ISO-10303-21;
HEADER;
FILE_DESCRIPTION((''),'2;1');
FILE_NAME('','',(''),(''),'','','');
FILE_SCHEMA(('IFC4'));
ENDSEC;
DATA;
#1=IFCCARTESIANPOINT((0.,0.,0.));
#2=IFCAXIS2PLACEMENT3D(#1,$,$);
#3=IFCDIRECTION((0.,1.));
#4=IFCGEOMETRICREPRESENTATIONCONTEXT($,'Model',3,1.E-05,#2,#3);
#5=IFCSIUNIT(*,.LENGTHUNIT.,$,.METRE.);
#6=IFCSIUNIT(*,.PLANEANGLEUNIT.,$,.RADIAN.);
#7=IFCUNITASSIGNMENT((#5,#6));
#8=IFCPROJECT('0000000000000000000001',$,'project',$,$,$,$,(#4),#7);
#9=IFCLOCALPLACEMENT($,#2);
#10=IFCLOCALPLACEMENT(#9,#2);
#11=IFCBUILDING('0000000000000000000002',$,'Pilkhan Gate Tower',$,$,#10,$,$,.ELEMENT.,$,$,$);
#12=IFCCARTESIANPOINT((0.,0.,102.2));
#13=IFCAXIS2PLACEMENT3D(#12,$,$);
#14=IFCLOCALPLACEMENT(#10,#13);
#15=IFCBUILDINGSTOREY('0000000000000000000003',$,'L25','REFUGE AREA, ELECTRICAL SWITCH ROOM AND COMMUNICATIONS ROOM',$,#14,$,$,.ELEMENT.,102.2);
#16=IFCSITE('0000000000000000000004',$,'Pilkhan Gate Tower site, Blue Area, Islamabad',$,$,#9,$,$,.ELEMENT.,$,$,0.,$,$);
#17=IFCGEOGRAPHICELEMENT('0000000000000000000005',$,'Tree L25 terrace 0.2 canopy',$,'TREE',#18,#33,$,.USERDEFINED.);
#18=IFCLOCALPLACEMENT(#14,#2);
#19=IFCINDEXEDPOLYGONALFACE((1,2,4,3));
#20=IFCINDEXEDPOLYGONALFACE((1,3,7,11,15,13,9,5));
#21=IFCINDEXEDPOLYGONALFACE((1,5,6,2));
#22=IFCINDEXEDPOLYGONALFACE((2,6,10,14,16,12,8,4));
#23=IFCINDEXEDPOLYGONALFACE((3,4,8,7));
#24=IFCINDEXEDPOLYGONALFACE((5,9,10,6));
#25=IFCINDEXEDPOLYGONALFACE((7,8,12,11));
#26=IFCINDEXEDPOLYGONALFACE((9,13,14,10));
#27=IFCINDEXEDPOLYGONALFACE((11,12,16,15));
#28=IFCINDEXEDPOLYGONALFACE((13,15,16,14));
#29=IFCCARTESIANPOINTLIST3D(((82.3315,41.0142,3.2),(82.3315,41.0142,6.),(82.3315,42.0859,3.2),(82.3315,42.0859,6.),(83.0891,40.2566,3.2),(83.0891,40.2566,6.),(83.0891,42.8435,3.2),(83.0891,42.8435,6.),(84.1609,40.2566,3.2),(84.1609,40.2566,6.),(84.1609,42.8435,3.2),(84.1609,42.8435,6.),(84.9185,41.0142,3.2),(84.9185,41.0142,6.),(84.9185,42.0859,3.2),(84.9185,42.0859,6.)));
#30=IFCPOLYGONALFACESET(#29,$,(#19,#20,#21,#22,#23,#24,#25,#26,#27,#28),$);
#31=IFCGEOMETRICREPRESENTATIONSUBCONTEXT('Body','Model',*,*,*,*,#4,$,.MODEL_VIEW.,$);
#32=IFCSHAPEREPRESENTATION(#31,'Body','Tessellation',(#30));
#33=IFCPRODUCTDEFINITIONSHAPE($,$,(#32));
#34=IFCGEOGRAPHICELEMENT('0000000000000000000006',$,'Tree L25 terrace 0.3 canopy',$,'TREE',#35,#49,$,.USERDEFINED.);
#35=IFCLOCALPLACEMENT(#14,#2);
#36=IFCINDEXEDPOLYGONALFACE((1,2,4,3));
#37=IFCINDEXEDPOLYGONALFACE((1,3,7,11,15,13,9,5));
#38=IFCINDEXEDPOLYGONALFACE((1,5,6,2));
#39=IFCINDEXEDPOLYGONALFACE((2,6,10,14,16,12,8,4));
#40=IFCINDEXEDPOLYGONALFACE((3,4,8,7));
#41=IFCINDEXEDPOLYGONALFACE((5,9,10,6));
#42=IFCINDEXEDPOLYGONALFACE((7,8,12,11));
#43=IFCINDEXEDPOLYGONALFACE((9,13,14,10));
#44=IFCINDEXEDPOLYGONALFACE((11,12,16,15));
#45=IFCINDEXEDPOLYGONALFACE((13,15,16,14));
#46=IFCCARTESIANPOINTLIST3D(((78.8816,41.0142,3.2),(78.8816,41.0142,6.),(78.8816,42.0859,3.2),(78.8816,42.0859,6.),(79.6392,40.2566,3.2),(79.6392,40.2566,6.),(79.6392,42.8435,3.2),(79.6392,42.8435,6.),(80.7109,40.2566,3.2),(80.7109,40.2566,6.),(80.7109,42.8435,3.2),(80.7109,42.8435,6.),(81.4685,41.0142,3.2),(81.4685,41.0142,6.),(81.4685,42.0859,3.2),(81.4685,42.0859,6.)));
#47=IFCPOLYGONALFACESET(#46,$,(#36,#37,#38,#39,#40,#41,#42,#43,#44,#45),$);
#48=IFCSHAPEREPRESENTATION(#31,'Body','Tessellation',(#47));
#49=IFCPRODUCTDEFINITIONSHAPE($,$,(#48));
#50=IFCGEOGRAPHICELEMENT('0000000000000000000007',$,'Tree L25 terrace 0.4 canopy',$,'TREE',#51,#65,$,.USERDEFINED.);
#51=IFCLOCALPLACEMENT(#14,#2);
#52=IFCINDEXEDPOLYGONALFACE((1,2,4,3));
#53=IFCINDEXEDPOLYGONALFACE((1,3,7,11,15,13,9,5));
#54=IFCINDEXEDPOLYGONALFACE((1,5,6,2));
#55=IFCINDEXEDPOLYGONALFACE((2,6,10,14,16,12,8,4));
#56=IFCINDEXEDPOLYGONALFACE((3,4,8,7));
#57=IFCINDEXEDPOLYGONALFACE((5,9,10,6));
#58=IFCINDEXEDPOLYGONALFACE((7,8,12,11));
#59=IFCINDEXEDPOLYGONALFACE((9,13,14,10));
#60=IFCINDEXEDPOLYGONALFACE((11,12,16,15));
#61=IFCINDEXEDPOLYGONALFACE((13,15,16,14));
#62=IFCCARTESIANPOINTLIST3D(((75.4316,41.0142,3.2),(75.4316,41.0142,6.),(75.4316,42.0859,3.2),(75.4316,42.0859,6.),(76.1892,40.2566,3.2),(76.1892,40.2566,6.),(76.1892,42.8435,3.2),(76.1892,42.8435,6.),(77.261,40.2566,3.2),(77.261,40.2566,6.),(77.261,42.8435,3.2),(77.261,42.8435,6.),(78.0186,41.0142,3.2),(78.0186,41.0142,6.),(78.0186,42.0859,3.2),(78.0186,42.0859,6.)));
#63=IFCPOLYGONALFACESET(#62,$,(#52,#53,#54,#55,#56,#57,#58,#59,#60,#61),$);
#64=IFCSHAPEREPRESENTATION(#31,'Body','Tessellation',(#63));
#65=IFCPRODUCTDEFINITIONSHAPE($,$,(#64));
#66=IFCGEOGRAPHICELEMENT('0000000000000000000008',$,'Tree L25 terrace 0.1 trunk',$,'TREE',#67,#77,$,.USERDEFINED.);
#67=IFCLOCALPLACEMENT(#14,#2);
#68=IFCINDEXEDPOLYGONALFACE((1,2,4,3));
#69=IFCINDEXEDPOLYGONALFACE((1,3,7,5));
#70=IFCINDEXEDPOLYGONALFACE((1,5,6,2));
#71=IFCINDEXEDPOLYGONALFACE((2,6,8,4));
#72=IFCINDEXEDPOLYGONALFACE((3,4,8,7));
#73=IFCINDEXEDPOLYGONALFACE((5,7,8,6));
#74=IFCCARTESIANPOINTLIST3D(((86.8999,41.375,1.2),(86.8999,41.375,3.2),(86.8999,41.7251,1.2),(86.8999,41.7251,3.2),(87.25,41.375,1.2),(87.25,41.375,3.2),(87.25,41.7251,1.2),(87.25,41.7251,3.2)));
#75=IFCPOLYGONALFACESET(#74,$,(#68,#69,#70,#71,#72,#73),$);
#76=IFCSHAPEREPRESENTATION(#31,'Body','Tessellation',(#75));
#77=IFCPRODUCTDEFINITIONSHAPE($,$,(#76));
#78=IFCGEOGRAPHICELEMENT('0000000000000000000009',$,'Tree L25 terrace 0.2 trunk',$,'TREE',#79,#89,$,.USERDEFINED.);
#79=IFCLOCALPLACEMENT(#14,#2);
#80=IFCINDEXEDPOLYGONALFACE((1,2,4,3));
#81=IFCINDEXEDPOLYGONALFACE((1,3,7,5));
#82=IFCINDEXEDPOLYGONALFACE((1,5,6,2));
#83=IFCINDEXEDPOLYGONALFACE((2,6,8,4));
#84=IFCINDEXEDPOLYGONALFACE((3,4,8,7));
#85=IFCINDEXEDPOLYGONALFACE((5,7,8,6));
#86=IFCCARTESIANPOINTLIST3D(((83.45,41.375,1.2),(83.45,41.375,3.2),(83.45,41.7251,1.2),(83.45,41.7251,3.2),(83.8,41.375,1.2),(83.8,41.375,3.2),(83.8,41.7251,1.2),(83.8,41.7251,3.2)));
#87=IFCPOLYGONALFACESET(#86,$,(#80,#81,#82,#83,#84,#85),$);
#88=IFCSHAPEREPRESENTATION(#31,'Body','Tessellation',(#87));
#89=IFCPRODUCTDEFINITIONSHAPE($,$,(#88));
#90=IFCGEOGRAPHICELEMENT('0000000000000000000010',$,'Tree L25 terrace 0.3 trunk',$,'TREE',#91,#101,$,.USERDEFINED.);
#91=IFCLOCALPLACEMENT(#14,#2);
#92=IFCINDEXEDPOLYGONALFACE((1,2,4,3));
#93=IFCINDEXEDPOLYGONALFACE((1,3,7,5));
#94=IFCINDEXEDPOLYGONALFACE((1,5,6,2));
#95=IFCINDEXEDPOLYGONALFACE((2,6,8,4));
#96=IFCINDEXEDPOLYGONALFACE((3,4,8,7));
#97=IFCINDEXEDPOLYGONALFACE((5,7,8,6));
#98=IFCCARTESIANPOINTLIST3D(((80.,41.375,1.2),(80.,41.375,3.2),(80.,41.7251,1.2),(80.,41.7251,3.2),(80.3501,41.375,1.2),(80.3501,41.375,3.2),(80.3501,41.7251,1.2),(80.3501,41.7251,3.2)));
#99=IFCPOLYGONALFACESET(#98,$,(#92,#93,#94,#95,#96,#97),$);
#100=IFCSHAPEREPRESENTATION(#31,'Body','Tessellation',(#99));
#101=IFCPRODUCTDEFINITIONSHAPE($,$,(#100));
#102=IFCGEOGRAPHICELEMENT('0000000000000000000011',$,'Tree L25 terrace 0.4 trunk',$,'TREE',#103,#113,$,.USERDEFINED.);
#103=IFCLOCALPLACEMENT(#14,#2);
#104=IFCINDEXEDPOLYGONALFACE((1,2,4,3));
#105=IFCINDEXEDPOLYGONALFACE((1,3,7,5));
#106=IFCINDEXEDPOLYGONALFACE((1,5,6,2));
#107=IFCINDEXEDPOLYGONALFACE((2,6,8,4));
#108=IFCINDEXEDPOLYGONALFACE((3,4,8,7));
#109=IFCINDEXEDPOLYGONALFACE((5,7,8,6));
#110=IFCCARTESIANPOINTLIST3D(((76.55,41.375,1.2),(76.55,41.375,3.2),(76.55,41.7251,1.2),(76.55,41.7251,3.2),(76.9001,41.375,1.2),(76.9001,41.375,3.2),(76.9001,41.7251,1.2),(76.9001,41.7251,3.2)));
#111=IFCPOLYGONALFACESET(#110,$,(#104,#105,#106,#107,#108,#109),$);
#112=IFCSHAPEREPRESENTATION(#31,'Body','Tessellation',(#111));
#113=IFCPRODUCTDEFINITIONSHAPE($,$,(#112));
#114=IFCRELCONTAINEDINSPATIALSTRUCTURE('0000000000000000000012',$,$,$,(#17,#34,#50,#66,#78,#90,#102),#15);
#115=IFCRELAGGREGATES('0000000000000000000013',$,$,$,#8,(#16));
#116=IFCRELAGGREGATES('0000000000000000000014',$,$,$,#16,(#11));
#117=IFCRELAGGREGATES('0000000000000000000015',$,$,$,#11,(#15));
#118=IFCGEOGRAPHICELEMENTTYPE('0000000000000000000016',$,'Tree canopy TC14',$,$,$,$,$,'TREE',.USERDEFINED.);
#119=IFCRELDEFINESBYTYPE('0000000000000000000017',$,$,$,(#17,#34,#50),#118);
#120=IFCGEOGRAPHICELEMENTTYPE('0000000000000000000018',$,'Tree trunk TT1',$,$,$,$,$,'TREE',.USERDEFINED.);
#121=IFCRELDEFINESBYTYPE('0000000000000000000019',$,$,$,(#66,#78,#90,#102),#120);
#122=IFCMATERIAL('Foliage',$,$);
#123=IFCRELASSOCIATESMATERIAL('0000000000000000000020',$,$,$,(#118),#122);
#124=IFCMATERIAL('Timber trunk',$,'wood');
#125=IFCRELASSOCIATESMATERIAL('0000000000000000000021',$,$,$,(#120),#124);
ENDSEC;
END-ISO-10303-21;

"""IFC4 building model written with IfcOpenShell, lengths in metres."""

from ifc_helpers import new_model, si_unit, direction, frame, origin, origin_2d, place, context, subcontext, project, spatial, polyline, rectangle, outline, extrude, material, material_profile, profile_set, type_object, element, save


model = new_model("IFC4")

# Units and contexts
model_context = context("Model", 3, precision=1e-05, world=origin(), true_north=direction((0.0, 1.0)))
body_context = subcontext(model_context, "Body", "Model", "MODEL_VIEW")
ifc_project = project(units=[si_unit("LENGTHUNIT", "METRE"), si_unit("PLANEANGLEUNIT", "RADIAN")], contexts=[model_context])

# Site, building, storey
site_placement = place(None, origin())
site = spatial("IfcSite", under=ifc_project, at=site_placement, Name="Pilkhan Gate Tower site, Blue Area, Islamabad", CompositionType="ELEMENT", RefElevation=0.0)
building_placement = place(site_placement, origin())
building = spatial("IfcBuilding", under=site, at=building_placement, Name="Pilkhan Gate Tower", CompositionType="ELEMENT")
storey_placement = place(building_placement, frame((0.0, 0.0, 102.2)))
storey = spatial("IfcBuildingStorey", under=building, at=storey_placement, Name="L25", Description="REFUGE AREA, ELECTRICAL SWITCH ROOM AND COMMUNICATIONS ROOM", CompositionType="ELEMENT", Elevation=102.2)

# Geographic elements
ifc_material_1 = material(Name="Foliage")
ifc_material_profile_1 = material_profile(ifc_material_1, outline(polyline([(1.2935, 0.5359), (0.5359, 1.2935), (-0.5359, 1.2935), (-1.2935, 0.5359), (-1.2935, -0.5359), (-0.5359, -1.2935), (0.5359, -1.2935), (1.2935, -0.5359), (1.2935, 0.5359)])), Name="Canopy D2.8")
ifc_profile_set_1 = profile_set([ifc_material_profile_1], Name="Foliage")
geographic_element_type_1 = type_object("IfcGeographicElementType", Name="Tree canopy TC14", ElementType="TREE", PredefinedType="USERDEFINED", material=ifc_profile_set_1)
for number, where, z_axis, x_axis, name in (
    (1, (83.625, 41.55, 3.2), (0.0, 0.0, 1.0), (1.0, 0.0, 0.0), "Tree L25 terrace 0.2 canopy"),
    (2, (80.175, 41.55, 3.2), (0.0, 0.0, 1.0), (1.0, 0.0, 0.0), "Tree L25 terrace 0.3 canopy"),
    (3, (76.7251, 41.55, 3.2), (0.0, 0.0, 1.0), (1.0, 0.0, 0.0), "Tree L25 terrace 0.4 canopy"),
):
    element("IfcGeographicElement", number, at=place(storey_placement, frame(where, z_axis=z_axis, x_axis=x_axis)), inside=storey, type_object=geographic_element_type_1, Name=name, ObjectType="TREE", PredefinedType="USERDEFINED", context=body_context, shape_type="SweptSolid", body=[
        extrude(outline(polyline([(1.2935, 0.5359), (0.5359, 1.2935), (-0.5359, 1.2935), (-1.2935, 0.5359), (-1.2935, -0.5359), (-0.5359, -1.2935), (0.5359, -1.2935), (1.2935, -0.5359), (1.2935, 0.5359)])), origin(), (0.0, 0.0, 1.0), 2.8),
    ])
ifc_material_2 = material(Name="Timber trunk", Category="wood")
geographic_element_type_2 = type_object("IfcGeographicElementType", Name="Tree trunk TT1", ElementType="TREE", PredefinedType="USERDEFINED", material=ifc_material_2)
for number, where, z_axis, x_axis, name in (
    (4, (87.075, 41.55, 1.2), (0.0, 0.0, 1.0), (1.0, 0.0, 0.0), "Tree L25 terrace 0.1 trunk"),
    (5, (83.625, 41.55, 1.2), (0.0, 0.0, 1.0), (1.0, 0.0, 0.0), "Tree L25 terrace 0.2 trunk"),
    (6, (80.175, 41.55, 1.2), (0.0, 0.0, 1.0), (1.0, 0.0, 0.0), "Tree L25 terrace 0.3 trunk"),
    (7, (76.7251, 41.55, 1.2), (0.0, 0.0, 1.0), (1.0, 0.0, 0.0), "Tree L25 terrace 0.4 trunk"),
):
    element("IfcGeographicElement", number, at=place(storey_placement, frame(where, z_axis=z_axis, x_axis=x_axis)), inside=storey, type_object=geographic_element_type_2, Name=name, ObjectType="TREE", PredefinedType="USERDEFINED", context=body_context, shape_type="SweptSolid", body=[
        extrude(rectangle(XDim=0.3501, YDim=0.3501, at=origin_2d()), origin(), (0.0, 0.0, 1.0), 2.0),
    ])

save(model, "model.ifc")
